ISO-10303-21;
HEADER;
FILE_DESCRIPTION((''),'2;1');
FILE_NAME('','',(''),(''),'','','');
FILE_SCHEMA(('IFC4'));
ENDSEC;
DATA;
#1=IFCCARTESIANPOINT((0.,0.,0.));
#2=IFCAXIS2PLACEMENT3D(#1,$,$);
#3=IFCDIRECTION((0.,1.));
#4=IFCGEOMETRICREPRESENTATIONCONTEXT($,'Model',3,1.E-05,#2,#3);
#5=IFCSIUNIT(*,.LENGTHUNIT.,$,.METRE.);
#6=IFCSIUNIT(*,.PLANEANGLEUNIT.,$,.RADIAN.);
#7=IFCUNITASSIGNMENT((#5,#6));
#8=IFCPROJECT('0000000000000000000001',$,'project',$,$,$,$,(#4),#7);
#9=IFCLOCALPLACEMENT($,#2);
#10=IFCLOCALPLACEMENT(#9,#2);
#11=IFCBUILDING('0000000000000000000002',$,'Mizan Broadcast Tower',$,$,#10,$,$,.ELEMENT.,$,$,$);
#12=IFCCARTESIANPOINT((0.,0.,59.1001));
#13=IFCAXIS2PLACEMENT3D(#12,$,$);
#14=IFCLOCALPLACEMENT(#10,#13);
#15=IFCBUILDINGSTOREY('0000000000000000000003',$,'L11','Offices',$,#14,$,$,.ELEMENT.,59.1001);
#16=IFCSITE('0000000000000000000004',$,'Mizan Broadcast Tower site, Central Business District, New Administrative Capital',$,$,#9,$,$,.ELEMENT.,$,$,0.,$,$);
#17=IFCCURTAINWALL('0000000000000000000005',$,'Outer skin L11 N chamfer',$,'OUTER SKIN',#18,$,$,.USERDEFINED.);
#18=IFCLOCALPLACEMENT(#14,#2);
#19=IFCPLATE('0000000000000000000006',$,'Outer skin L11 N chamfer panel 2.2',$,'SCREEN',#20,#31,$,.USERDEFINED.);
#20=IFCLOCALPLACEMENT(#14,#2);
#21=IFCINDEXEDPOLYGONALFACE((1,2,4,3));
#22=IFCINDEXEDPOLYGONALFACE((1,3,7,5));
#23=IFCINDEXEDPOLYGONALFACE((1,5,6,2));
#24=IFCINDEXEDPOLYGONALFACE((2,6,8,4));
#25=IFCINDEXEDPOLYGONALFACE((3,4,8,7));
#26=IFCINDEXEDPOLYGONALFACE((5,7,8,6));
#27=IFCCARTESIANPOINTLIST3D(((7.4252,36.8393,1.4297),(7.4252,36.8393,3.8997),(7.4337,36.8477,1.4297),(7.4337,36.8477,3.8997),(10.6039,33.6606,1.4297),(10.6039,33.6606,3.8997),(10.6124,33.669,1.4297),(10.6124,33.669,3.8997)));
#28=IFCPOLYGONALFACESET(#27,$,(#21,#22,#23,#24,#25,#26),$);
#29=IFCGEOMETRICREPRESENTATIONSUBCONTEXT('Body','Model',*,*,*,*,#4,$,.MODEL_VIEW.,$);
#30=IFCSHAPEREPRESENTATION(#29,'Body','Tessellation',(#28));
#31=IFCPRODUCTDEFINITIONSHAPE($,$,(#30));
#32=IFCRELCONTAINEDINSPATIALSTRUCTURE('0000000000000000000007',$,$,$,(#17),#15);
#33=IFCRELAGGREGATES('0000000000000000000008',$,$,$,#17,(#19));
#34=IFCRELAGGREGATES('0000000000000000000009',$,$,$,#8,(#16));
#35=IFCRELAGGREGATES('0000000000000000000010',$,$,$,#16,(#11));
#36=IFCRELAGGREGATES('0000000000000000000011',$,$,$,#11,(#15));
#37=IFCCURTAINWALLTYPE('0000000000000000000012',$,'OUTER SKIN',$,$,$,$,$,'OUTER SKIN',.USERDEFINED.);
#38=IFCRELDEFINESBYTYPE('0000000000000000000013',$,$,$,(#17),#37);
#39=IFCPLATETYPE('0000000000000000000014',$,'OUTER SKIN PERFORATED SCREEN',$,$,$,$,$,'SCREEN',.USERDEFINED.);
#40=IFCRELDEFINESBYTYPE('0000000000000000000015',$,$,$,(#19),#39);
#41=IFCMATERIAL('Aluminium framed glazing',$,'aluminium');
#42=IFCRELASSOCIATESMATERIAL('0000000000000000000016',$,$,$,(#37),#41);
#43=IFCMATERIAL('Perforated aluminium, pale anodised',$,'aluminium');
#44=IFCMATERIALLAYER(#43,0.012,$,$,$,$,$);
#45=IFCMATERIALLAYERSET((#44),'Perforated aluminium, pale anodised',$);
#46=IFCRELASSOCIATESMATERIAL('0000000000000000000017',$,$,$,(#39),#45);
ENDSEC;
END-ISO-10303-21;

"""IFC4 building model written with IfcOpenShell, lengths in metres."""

from ifc_helpers import new_model, si_unit, direction, frame, origin, origin_2d, place, context, subcontext, project, spatial, rectangle, extrude, material, layer, layer_set, type_object, element, aggregate, save


model = new_model("IFC4")

# Units and contexts
model_context = context("Model", 3, precision=1e-05, world=origin(), true_north=direction((0.0, 1.0)))
body_context = subcontext(model_context, "Body", "Model", "MODEL_VIEW")
ifc_project = project(units=[si_unit("LENGTHUNIT", "METRE"), si_unit("PLANEANGLEUNIT", "RADIAN")], contexts=[model_context])

# Site, building, storey
site_placement = place(None, origin())
site = spatial("IfcSite", under=ifc_project, at=site_placement, Name="Mizan Broadcast Tower site, Central Business District, New Administrative Capital", CompositionType="ELEMENT", RefElevation=0.0)
building_placement = place(site_placement, origin())
building = spatial("IfcBuilding", under=site, at=building_placement, Name="Mizan Broadcast Tower", CompositionType="ELEMENT")
storey_placement = place(building_placement, frame((0.0, 0.0, 59.1001)))
storey = spatial("IfcBuildingStorey", under=building, at=storey_placement, Name="L11", Description="Offices", CompositionType="ELEMENT", Elevation=59.1001)

# Curtain wall
ifc_material_1 = material(Name="Aluminium framed glazing", Category="aluminium")
curtain_wall_type_1 = type_object("IfcCurtainWallType", Name="OUTER SKIN", ElementType="OUTER SKIN", PredefinedType="USERDEFINED", material=ifc_material_1)
curtain_wall_1_placement = place(storey_placement, origin())
curtain_wall_1 = element("IfcCurtainWall", 1, at=curtain_wall_1_placement, inside=storey, type_object=curtain_wall_type_1, Name="Outer skin L11 N chamfer", ObjectType="OUTER SKIN", PredefinedType="USERDEFINED")

# Plate
ifc_material_2 = material(Name="Perforated aluminium, pale anodised", Category="aluminium")
ifc_layer_1 = layer(ifc_material_2, 0.012)
ifc_layer_set_1 = layer_set([ifc_layer_1], Name="Perforated aluminium, pale anodised")
plate_type_1 = type_object("IfcPlateType", Name="OUTER SKIN PERFORATED SCREEN", ElementType="SCREEN", PredefinedType="USERDEFINED", material=ifc_layer_set_1)
plate_1_placement = place(storey_placement, frame((9.0188, 35.2542, 1.4297), z_axis=(0.0, 0.0, 1.0), x_axis=(-0.707107, 0.707107, 0.0)))
plate_1 = element("IfcPlate", 2, at=plate_1_placement, type_object=plate_type_1, Name="Outer skin L11 N chamfer panel 2.2", ObjectType="SCREEN", PredefinedType="USERDEFINED", context=body_context, shape_type="SweptSolid", body=[
    extrude(rectangle(XDim=4.4954, YDim=0.012, at=origin_2d()), origin(), (0.0, 0.0, 1.0), 2.47),
])
aggregate(curtain_wall_1, [plate_1])

save(model, "model.ifc")
